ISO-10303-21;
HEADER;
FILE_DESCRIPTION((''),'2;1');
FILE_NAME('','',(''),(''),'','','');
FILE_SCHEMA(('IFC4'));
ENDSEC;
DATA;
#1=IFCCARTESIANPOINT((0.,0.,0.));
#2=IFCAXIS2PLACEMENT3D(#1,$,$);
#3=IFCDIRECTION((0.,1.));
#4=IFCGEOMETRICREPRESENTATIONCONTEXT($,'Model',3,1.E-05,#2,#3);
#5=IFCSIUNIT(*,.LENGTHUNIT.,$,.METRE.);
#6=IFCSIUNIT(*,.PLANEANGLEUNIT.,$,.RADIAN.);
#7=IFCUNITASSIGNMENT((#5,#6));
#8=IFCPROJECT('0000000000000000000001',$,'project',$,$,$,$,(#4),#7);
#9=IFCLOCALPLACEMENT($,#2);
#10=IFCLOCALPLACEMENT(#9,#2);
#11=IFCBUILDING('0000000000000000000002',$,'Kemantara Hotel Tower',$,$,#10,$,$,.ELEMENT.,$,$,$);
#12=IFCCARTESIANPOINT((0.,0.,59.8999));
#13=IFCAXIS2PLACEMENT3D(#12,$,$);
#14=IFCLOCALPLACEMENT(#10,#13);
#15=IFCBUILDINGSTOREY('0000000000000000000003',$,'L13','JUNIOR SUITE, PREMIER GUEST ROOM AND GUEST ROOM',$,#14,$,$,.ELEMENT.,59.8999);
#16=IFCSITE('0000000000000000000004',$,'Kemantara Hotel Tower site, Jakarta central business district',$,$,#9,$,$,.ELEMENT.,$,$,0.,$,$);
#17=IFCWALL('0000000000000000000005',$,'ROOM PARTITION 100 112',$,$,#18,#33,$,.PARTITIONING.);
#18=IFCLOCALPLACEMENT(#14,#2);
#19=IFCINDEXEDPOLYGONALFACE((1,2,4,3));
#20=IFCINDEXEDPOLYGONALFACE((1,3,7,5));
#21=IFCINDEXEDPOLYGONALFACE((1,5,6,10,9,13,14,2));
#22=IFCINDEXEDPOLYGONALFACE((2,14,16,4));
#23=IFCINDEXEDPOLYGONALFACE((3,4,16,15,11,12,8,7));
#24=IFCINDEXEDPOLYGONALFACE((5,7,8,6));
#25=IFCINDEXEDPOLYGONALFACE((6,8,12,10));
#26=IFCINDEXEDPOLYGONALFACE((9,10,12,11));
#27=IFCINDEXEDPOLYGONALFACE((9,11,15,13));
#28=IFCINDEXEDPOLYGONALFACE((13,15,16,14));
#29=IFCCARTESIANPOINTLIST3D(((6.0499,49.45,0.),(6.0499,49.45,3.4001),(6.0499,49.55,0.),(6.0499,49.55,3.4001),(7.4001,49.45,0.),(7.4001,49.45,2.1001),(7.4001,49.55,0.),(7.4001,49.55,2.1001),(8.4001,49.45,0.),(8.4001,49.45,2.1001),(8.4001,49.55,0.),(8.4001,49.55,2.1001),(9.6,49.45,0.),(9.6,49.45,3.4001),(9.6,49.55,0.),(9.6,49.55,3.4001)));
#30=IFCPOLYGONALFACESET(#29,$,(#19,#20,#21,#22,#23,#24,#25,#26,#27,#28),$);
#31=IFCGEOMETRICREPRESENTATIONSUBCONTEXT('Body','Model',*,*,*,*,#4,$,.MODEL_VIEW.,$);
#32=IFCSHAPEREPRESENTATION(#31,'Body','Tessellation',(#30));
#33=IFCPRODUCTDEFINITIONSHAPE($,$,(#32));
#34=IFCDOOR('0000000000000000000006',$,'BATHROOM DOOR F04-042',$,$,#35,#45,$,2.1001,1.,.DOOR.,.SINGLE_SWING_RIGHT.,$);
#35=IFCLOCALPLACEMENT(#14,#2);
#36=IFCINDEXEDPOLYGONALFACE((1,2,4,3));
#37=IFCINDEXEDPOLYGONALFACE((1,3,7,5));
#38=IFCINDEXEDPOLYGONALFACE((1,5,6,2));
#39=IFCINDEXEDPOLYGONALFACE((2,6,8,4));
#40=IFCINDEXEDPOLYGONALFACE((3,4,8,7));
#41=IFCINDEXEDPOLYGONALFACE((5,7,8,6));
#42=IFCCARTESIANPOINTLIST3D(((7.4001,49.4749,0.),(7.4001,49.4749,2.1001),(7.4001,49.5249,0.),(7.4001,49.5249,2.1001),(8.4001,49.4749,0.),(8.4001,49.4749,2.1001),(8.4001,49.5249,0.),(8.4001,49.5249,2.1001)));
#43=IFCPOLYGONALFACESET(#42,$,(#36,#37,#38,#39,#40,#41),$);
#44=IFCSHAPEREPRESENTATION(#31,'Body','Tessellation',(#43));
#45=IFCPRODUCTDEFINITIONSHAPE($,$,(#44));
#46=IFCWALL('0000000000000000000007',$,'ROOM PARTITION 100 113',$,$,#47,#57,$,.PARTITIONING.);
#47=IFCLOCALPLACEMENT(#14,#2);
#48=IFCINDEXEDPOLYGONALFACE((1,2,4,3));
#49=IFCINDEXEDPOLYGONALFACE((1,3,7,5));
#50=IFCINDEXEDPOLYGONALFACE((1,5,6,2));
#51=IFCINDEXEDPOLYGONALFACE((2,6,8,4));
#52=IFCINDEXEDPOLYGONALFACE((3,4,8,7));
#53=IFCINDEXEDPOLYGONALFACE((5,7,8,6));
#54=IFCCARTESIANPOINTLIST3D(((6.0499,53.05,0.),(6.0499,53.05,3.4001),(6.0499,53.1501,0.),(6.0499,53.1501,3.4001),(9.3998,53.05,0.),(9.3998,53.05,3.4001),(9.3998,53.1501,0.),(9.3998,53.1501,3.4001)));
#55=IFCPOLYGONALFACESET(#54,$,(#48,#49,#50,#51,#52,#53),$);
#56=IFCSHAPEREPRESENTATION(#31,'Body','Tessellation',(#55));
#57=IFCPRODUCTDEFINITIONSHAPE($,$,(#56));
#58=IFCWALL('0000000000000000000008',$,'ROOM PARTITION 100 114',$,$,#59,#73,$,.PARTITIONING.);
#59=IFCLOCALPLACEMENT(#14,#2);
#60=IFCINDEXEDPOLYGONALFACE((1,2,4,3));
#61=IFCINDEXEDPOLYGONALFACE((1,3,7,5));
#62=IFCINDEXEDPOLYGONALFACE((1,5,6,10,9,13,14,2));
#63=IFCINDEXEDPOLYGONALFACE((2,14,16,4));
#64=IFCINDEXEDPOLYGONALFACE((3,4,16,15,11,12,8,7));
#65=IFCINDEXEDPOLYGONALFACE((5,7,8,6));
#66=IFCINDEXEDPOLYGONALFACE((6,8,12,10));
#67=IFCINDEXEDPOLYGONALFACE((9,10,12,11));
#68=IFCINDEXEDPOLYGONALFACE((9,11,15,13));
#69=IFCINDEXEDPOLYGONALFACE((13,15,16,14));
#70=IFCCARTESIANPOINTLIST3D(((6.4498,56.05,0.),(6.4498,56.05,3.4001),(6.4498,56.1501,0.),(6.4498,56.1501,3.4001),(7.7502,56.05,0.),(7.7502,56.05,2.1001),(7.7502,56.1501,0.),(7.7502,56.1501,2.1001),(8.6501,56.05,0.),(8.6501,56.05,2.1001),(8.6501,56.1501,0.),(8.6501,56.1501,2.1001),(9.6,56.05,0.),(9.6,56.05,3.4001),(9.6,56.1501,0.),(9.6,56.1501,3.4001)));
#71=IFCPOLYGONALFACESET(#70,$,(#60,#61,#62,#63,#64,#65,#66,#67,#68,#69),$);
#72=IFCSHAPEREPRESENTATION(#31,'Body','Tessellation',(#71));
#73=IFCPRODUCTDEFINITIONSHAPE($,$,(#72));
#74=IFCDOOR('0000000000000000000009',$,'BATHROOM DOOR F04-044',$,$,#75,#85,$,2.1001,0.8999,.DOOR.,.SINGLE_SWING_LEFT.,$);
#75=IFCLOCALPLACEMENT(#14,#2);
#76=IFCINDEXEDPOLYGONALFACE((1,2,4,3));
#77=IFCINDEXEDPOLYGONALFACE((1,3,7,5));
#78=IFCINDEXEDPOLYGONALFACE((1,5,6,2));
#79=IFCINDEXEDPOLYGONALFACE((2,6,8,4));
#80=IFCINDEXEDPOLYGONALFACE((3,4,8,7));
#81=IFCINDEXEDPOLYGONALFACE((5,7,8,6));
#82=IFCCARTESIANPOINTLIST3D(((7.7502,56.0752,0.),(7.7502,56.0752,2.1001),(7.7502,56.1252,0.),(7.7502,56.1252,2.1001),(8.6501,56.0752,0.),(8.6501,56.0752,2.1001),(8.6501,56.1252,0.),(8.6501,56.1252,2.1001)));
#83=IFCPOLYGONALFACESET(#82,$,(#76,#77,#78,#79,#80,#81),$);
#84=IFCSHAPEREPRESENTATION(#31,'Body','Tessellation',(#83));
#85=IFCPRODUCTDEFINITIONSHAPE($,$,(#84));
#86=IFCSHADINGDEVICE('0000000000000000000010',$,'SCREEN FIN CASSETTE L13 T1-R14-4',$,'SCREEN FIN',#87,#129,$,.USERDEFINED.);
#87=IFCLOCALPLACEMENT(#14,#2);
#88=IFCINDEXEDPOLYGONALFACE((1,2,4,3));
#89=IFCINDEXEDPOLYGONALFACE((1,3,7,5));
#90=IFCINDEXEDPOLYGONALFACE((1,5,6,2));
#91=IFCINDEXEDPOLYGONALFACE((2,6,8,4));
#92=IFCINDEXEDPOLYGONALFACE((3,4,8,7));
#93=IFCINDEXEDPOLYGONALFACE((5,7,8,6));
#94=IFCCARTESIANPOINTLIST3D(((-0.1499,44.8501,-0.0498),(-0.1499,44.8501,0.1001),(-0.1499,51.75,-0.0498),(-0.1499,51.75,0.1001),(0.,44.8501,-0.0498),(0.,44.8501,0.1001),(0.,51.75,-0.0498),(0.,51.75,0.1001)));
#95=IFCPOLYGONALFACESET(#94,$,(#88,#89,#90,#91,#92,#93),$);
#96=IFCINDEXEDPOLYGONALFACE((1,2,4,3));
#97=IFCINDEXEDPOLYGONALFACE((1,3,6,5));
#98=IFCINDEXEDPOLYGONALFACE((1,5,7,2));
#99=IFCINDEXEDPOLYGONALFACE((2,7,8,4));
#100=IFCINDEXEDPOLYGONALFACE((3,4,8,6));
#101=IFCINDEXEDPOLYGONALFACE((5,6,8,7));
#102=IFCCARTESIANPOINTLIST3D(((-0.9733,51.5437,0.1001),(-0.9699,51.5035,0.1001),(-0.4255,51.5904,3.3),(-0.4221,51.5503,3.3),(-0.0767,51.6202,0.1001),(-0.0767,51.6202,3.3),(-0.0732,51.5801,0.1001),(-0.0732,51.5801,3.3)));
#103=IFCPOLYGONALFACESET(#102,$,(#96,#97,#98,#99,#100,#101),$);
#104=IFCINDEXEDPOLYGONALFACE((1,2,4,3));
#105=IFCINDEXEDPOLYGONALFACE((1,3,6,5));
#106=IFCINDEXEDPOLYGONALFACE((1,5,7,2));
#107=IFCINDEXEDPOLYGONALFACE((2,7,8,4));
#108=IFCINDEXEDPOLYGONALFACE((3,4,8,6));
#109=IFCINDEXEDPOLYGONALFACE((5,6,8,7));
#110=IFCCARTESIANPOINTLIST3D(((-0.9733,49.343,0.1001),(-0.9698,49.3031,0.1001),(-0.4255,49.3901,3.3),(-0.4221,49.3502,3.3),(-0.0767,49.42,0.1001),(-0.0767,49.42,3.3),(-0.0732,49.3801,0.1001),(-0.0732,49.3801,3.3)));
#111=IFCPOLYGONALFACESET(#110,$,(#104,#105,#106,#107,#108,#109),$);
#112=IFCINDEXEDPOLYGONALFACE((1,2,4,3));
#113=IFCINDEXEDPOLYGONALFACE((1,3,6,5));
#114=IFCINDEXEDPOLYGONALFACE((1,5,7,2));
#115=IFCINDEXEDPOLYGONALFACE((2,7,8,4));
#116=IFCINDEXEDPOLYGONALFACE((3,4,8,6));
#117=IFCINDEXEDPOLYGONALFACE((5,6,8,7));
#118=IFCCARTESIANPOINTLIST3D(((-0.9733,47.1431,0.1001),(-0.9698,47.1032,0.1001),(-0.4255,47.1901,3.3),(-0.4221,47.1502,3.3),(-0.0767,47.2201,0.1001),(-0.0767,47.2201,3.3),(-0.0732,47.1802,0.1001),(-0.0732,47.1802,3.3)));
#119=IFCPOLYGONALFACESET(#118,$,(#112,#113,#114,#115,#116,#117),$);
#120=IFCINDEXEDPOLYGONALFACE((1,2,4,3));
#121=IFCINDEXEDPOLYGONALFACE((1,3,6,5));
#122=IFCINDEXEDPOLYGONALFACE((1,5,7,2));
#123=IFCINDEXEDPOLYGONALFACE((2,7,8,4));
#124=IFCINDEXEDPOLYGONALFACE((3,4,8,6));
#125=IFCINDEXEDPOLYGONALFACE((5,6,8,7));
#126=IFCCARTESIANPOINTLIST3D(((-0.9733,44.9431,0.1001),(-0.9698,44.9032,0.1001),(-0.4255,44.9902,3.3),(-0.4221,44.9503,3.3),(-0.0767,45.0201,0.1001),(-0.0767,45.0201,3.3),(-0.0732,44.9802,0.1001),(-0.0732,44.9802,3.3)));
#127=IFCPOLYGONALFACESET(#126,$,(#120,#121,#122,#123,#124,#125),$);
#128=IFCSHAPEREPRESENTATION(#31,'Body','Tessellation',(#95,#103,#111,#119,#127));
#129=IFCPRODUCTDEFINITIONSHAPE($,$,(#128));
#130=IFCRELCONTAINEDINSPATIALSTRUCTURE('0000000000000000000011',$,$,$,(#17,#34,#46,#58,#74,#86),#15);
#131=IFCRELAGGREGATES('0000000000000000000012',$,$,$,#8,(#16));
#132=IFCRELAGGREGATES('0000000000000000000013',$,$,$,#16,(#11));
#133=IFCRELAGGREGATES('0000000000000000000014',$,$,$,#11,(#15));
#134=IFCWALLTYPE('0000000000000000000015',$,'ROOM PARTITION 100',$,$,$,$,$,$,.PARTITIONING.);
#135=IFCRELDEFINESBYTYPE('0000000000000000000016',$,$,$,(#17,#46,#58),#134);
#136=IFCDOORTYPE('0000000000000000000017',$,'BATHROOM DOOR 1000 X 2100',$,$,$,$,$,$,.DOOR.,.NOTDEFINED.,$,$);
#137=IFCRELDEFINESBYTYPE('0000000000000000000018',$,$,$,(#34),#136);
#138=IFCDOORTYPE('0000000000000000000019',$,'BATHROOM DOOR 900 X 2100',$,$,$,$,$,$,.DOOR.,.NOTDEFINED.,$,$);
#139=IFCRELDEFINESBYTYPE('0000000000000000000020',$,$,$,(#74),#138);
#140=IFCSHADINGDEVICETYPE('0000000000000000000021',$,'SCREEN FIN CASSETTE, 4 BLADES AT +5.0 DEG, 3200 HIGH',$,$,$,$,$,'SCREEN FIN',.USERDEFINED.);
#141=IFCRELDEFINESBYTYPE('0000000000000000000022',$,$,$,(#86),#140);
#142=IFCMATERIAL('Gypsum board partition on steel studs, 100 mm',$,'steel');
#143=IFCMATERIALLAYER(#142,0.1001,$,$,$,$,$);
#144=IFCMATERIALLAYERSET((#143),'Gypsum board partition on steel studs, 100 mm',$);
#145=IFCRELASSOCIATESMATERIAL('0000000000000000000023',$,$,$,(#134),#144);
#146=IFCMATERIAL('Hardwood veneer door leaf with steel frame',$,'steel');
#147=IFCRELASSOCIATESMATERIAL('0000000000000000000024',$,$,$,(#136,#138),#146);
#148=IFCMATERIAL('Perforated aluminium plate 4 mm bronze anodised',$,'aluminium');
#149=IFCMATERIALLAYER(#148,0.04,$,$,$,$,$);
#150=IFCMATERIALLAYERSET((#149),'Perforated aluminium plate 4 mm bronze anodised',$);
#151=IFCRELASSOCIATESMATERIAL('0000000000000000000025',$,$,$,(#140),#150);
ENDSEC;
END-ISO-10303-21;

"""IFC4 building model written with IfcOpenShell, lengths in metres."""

from ifc_helpers import new_model, si_unit, direction, frame, frame_2d, origin, origin_2d, place, context, subcontext, project, spatial, polyline, rectangle, outline, extrude, source, transform, mapped, material, layer, layer_set, type_object, element, fill, save


model = new_model("IFC4")

# Units and contexts
model_context = context("Model", 3, precision=1e-05, world=origin(), true_north=direction((0.0, 1.0)))
body_context = subcontext(model_context, "Body", "Model", "MODEL_VIEW")
ifc_project = project(units=[si_unit("LENGTHUNIT", "METRE"), si_unit("PLANEANGLEUNIT", "RADIAN")], contexts=[model_context])

# Site, building, storey
site_placement = place(None, origin())
site = spatial("IfcSite", under=ifc_project, at=site_placement, Name="Kemantara Hotel Tower site, Jakarta central business district", CompositionType="ELEMENT", RefElevation=0.0)
building_placement = place(site_placement, origin())
building = spatial("IfcBuilding", under=site, at=building_placement, Name="Kemantara Hotel Tower", CompositionType="ELEMENT")
storey_placement = place(building_placement, frame((0.0, 0.0, 59.8999)))
storey = spatial("IfcBuildingStorey", under=building, at=storey_placement, Name="L13", Description="JUNIOR SUITE, PREMIER GUEST ROOM AND GUEST ROOM", CompositionType="ELEMENT", Elevation=59.8999)

# Shared definitions
ifc_material_1 = material(Name="Hardwood veneer door leaf with steel frame", Category="steel")

# Shared definitions
ifc_material_2 = material(Name="Gypsum board partition on steel studs, 100 mm", Category="steel")
ifc_layer_1 = layer(ifc_material_2, 0.1001)
ifc_layer_set_1 = layer_set([ifc_layer_1], Name="Gypsum board partition on steel studs, 100 mm")
wall_type_1 = type_object("IfcWallType", Name="ROOM PARTITION 100", PredefinedType="PARTITIONING", material=ifc_layer_set_1)

# Wall, opening, door
wall_1_placement = place(storey_placement, frame((6.05, 49.5, 0.0), z_axis=(0.0, 0.0, 1.0), x_axis=(1.0, 0.0, 0.0)))
wall_1 = element("IfcWall", 1, at=wall_1_placement, inside=storey, type_object=wall_type_1, Name="ROOM PARTITION 100 112", PredefinedType="PARTITIONING", context=body_context, shape_type="SweptSolid", body=[
    extrude(rectangle(XDim=3.55, YDim=0.1001, at=frame_2d((1.7749, 0.0))), origin(), (0.0, 0.0, 1.0), 3.4001),
])
opening_1_placement = place(wall_1_placement, frame((1.3501, 0.0, 0.0)))
opening_1 = element("IfcOpeningElement", 2, at=opening_1_placement, cuts=wall_1, PredefinedType="OPENING", context=body_context, shape_type="SweptSolid", body=[
    extrude(rectangle(XDim=1.0, YDim=2.1001, at=frame_2d((0.5, 1.05))), frame((0.0, 0.0601, 0.0), z_axis=(0.0, -1.0, 0.0), x_axis=(1.0, 0.0, 0.0)), (0.0, 0.0, 1.0), 0.1201),
])
door_type_1 = type_object("IfcDoorType", Name="BATHROOM DOOR 1000 X 2100", OperationType="NOTDEFINED", PredefinedType="DOOR", material=ifc_material_1)
door_1_placement = place(opening_1_placement, origin())
door_1 = element("IfcDoor", 3, at=door_1_placement, inside=storey, type_object=door_type_1, Name="BATHROOM DOOR F04-042", OperationType="SINGLE_SWING_RIGHT", OverallHeight=2.1001, OverallWidth=1.0, PredefinedType="DOOR", context=body_context, shape_type="SweptSolid", body=[
    extrude(rectangle(XDim=1.0, YDim=2.1001, at=frame_2d((0.5, 1.05))), frame((0.0, 0.0249, 0.0), z_axis=(0.0, -1.0, 0.0), x_axis=(1.0, 0.0, 0.0)), (0.0, 0.0, 1.0), 0.05),
])
fill(opening_1, door_1)

# Wall
wall_2_placement = place(storey_placement, frame((6.05, 53.1001, 0.0), z_axis=(0.0, 0.0, 1.0), x_axis=(1.0, 0.0, 0.0)))
element("IfcWall", 4, at=wall_2_placement, inside=storey, type_object=wall_type_1, Name="ROOM PARTITION 100 113", PredefinedType="PARTITIONING", context=body_context, shape_type="SweptSolid", body=[
    extrude(rectangle(XDim=3.3499, YDim=0.1001, at=frame_2d((1.6748, 0.0))), origin(), (0.0, 0.0, 1.0), 3.4001),
])

# Wall, opening, door
wall_3_placement = place(storey_placement, frame((9.6001, 56.1001, 0.0), z_axis=(0.0, 0.0, 1.0), x_axis=(-1.0, 0.0, 0.0)))
wall_3 = element("IfcWall", 5, at=wall_3_placement, inside=storey, type_object=wall_type_1, Name="ROOM PARTITION 100 114", PredefinedType="PARTITIONING", context=body_context, shape_type="SweptSolid", body=[
    extrude(rectangle(XDim=3.1501, YDim=0.1001, at=frame_2d((1.5752, 0.0))), origin(), (0.0, 0.0, 1.0), 3.4001),
])
opening_2_placement = place(wall_3_placement, frame((0.95, 0.0, 0.0)))
opening_2 = element("IfcOpeningElement", 6, at=opening_2_placement, cuts=wall_3, PredefinedType="OPENING", context=body_context, shape_type="SweptSolid", body=[
    extrude(rectangle(XDim=0.8999, YDim=2.1001, at=frame_2d((0.45, 1.05))), frame((0.0, 0.0601, 0.0), z_axis=(0.0, -1.0, 0.0), x_axis=(1.0, 0.0, 0.0)), (0.0, 0.0, 1.0), 0.1201),
])
door_type_2 = type_object("IfcDoorType", Name="BATHROOM DOOR 900 X 2100", OperationType="NOTDEFINED", PredefinedType="DOOR", material=ifc_material_1)
door_2_placement = place(opening_2_placement, origin())
door_2 = element("IfcDoor", 7, at=door_2_placement, inside=storey, type_object=door_type_2, Name="BATHROOM DOOR F04-044", OperationType="SINGLE_SWING_LEFT", OverallHeight=2.1001, OverallWidth=0.8999, PredefinedType="DOOR", context=body_context, shape_type="SweptSolid", body=[
    extrude(rectangle(XDim=0.8999, YDim=2.1001, at=frame_2d((0.45, 1.05))), frame((0.0, 0.0249, 0.0), z_axis=(0.0, -1.0, 0.0), x_axis=(1.0, 0.0, 0.0)), (0.0, 0.0, 1.0), 0.05),
])
fill(opening_2, door_2)

# Shading device
ifc_material_3 = material(Name="Perforated aluminium plate 4 mm bronze anodised", Category="aluminium")
ifc_layer_2 = layer(ifc_material_3, 0.04)
ifc_layer_set_2 = layer_set([ifc_layer_2], Name="Perforated aluminium plate 4 mm bronze anodised")
shading_device_type = type_object("IfcShadingDeviceType", Name="SCREEN FIN CASSETTE, 4 BLADES AT +5.0 DEG, 3200 HIGH", ElementType="SCREEN FIN", PredefinedType="USERDEFINED", material=ifc_layer_set_2)
shared_shape = source(origin(), body_context, "Body", "SweptSolid", [
    extrude(rectangle(XDim=6.8999, YDim=0.1499, at=origin_2d()), frame((3.3, -0.075, -0.1499), z_axis=(0.0, 0.0, 1.0), x_axis=(1.0, 0.0, 0.0)), (0.0, 0.0, 1.0), 0.1499),
    extrude(outline(polyline([(0.0, 0.0), (0.8999, 0.0), (0.3501, 3.2), (0.0, 3.2), (0.0, 0.0)])), frame((0.02, -0.0732, 0.0), z_axis=(-0.996376, -0.085056, 0.0), x_axis=(0.085056, -0.996376, 0.0)), (0.0, 0.0, 1.0), 0.0403),
    extrude(outline(polyline([(0.0, 0.0), (0.8999, 0.0), (0.3501, 3.2), (0.0, 3.2), (0.0, 0.0)])), frame((2.22, -0.0732, 0.0), z_axis=(-0.996332, -0.085575, 0.0), x_axis=(0.085575, -0.996332, 0.0)), (0.0, 0.0, 1.0), 0.04),
    extrude(outline(polyline([(0.0, 0.0), (0.8999, 0.0), (0.3501, 3.2), (0.0, 3.2), (0.0, 0.0)])), frame((4.4199, -0.0732, 0.0), z_axis=(-0.996332, -0.085575, 0.0), x_axis=(0.085575, -0.996332, 0.0)), (0.0, 0.0, 1.0), 0.04),
    extrude(outline(polyline([(0.0, 0.0), (0.8999, 0.0), (0.3501, 3.2), (0.0, 3.2), (0.0, 0.0)])), frame((6.6199, -0.0732, 0.0), z_axis=(-0.996332, -0.085575, 0.0), x_axis=(0.085575, -0.996332, 0.0)), (0.0, 0.0, 1.0), 0.04),
])
shading_device_placement = place(storey_placement, frame((0.0, 51.6001, 0.1001), z_axis=(0.0, 0.0, 1.0), x_axis=(0.0, -1.0, 0.0)))
element("IfcShadingDevice", 8, at=shading_device_placement, inside=storey, type_object=shading_device_type, Name="SCREEN FIN CASSETTE L13 T1-R14-4", ObjectType="SCREEN FIN", PredefinedType="USERDEFINED", context=body_context, shape_type="MappedRepresentation", body=[
    mapped(shared_shape, transform((0.0, 0.0, 0.0))),
])

save(model, "model.ifc")
